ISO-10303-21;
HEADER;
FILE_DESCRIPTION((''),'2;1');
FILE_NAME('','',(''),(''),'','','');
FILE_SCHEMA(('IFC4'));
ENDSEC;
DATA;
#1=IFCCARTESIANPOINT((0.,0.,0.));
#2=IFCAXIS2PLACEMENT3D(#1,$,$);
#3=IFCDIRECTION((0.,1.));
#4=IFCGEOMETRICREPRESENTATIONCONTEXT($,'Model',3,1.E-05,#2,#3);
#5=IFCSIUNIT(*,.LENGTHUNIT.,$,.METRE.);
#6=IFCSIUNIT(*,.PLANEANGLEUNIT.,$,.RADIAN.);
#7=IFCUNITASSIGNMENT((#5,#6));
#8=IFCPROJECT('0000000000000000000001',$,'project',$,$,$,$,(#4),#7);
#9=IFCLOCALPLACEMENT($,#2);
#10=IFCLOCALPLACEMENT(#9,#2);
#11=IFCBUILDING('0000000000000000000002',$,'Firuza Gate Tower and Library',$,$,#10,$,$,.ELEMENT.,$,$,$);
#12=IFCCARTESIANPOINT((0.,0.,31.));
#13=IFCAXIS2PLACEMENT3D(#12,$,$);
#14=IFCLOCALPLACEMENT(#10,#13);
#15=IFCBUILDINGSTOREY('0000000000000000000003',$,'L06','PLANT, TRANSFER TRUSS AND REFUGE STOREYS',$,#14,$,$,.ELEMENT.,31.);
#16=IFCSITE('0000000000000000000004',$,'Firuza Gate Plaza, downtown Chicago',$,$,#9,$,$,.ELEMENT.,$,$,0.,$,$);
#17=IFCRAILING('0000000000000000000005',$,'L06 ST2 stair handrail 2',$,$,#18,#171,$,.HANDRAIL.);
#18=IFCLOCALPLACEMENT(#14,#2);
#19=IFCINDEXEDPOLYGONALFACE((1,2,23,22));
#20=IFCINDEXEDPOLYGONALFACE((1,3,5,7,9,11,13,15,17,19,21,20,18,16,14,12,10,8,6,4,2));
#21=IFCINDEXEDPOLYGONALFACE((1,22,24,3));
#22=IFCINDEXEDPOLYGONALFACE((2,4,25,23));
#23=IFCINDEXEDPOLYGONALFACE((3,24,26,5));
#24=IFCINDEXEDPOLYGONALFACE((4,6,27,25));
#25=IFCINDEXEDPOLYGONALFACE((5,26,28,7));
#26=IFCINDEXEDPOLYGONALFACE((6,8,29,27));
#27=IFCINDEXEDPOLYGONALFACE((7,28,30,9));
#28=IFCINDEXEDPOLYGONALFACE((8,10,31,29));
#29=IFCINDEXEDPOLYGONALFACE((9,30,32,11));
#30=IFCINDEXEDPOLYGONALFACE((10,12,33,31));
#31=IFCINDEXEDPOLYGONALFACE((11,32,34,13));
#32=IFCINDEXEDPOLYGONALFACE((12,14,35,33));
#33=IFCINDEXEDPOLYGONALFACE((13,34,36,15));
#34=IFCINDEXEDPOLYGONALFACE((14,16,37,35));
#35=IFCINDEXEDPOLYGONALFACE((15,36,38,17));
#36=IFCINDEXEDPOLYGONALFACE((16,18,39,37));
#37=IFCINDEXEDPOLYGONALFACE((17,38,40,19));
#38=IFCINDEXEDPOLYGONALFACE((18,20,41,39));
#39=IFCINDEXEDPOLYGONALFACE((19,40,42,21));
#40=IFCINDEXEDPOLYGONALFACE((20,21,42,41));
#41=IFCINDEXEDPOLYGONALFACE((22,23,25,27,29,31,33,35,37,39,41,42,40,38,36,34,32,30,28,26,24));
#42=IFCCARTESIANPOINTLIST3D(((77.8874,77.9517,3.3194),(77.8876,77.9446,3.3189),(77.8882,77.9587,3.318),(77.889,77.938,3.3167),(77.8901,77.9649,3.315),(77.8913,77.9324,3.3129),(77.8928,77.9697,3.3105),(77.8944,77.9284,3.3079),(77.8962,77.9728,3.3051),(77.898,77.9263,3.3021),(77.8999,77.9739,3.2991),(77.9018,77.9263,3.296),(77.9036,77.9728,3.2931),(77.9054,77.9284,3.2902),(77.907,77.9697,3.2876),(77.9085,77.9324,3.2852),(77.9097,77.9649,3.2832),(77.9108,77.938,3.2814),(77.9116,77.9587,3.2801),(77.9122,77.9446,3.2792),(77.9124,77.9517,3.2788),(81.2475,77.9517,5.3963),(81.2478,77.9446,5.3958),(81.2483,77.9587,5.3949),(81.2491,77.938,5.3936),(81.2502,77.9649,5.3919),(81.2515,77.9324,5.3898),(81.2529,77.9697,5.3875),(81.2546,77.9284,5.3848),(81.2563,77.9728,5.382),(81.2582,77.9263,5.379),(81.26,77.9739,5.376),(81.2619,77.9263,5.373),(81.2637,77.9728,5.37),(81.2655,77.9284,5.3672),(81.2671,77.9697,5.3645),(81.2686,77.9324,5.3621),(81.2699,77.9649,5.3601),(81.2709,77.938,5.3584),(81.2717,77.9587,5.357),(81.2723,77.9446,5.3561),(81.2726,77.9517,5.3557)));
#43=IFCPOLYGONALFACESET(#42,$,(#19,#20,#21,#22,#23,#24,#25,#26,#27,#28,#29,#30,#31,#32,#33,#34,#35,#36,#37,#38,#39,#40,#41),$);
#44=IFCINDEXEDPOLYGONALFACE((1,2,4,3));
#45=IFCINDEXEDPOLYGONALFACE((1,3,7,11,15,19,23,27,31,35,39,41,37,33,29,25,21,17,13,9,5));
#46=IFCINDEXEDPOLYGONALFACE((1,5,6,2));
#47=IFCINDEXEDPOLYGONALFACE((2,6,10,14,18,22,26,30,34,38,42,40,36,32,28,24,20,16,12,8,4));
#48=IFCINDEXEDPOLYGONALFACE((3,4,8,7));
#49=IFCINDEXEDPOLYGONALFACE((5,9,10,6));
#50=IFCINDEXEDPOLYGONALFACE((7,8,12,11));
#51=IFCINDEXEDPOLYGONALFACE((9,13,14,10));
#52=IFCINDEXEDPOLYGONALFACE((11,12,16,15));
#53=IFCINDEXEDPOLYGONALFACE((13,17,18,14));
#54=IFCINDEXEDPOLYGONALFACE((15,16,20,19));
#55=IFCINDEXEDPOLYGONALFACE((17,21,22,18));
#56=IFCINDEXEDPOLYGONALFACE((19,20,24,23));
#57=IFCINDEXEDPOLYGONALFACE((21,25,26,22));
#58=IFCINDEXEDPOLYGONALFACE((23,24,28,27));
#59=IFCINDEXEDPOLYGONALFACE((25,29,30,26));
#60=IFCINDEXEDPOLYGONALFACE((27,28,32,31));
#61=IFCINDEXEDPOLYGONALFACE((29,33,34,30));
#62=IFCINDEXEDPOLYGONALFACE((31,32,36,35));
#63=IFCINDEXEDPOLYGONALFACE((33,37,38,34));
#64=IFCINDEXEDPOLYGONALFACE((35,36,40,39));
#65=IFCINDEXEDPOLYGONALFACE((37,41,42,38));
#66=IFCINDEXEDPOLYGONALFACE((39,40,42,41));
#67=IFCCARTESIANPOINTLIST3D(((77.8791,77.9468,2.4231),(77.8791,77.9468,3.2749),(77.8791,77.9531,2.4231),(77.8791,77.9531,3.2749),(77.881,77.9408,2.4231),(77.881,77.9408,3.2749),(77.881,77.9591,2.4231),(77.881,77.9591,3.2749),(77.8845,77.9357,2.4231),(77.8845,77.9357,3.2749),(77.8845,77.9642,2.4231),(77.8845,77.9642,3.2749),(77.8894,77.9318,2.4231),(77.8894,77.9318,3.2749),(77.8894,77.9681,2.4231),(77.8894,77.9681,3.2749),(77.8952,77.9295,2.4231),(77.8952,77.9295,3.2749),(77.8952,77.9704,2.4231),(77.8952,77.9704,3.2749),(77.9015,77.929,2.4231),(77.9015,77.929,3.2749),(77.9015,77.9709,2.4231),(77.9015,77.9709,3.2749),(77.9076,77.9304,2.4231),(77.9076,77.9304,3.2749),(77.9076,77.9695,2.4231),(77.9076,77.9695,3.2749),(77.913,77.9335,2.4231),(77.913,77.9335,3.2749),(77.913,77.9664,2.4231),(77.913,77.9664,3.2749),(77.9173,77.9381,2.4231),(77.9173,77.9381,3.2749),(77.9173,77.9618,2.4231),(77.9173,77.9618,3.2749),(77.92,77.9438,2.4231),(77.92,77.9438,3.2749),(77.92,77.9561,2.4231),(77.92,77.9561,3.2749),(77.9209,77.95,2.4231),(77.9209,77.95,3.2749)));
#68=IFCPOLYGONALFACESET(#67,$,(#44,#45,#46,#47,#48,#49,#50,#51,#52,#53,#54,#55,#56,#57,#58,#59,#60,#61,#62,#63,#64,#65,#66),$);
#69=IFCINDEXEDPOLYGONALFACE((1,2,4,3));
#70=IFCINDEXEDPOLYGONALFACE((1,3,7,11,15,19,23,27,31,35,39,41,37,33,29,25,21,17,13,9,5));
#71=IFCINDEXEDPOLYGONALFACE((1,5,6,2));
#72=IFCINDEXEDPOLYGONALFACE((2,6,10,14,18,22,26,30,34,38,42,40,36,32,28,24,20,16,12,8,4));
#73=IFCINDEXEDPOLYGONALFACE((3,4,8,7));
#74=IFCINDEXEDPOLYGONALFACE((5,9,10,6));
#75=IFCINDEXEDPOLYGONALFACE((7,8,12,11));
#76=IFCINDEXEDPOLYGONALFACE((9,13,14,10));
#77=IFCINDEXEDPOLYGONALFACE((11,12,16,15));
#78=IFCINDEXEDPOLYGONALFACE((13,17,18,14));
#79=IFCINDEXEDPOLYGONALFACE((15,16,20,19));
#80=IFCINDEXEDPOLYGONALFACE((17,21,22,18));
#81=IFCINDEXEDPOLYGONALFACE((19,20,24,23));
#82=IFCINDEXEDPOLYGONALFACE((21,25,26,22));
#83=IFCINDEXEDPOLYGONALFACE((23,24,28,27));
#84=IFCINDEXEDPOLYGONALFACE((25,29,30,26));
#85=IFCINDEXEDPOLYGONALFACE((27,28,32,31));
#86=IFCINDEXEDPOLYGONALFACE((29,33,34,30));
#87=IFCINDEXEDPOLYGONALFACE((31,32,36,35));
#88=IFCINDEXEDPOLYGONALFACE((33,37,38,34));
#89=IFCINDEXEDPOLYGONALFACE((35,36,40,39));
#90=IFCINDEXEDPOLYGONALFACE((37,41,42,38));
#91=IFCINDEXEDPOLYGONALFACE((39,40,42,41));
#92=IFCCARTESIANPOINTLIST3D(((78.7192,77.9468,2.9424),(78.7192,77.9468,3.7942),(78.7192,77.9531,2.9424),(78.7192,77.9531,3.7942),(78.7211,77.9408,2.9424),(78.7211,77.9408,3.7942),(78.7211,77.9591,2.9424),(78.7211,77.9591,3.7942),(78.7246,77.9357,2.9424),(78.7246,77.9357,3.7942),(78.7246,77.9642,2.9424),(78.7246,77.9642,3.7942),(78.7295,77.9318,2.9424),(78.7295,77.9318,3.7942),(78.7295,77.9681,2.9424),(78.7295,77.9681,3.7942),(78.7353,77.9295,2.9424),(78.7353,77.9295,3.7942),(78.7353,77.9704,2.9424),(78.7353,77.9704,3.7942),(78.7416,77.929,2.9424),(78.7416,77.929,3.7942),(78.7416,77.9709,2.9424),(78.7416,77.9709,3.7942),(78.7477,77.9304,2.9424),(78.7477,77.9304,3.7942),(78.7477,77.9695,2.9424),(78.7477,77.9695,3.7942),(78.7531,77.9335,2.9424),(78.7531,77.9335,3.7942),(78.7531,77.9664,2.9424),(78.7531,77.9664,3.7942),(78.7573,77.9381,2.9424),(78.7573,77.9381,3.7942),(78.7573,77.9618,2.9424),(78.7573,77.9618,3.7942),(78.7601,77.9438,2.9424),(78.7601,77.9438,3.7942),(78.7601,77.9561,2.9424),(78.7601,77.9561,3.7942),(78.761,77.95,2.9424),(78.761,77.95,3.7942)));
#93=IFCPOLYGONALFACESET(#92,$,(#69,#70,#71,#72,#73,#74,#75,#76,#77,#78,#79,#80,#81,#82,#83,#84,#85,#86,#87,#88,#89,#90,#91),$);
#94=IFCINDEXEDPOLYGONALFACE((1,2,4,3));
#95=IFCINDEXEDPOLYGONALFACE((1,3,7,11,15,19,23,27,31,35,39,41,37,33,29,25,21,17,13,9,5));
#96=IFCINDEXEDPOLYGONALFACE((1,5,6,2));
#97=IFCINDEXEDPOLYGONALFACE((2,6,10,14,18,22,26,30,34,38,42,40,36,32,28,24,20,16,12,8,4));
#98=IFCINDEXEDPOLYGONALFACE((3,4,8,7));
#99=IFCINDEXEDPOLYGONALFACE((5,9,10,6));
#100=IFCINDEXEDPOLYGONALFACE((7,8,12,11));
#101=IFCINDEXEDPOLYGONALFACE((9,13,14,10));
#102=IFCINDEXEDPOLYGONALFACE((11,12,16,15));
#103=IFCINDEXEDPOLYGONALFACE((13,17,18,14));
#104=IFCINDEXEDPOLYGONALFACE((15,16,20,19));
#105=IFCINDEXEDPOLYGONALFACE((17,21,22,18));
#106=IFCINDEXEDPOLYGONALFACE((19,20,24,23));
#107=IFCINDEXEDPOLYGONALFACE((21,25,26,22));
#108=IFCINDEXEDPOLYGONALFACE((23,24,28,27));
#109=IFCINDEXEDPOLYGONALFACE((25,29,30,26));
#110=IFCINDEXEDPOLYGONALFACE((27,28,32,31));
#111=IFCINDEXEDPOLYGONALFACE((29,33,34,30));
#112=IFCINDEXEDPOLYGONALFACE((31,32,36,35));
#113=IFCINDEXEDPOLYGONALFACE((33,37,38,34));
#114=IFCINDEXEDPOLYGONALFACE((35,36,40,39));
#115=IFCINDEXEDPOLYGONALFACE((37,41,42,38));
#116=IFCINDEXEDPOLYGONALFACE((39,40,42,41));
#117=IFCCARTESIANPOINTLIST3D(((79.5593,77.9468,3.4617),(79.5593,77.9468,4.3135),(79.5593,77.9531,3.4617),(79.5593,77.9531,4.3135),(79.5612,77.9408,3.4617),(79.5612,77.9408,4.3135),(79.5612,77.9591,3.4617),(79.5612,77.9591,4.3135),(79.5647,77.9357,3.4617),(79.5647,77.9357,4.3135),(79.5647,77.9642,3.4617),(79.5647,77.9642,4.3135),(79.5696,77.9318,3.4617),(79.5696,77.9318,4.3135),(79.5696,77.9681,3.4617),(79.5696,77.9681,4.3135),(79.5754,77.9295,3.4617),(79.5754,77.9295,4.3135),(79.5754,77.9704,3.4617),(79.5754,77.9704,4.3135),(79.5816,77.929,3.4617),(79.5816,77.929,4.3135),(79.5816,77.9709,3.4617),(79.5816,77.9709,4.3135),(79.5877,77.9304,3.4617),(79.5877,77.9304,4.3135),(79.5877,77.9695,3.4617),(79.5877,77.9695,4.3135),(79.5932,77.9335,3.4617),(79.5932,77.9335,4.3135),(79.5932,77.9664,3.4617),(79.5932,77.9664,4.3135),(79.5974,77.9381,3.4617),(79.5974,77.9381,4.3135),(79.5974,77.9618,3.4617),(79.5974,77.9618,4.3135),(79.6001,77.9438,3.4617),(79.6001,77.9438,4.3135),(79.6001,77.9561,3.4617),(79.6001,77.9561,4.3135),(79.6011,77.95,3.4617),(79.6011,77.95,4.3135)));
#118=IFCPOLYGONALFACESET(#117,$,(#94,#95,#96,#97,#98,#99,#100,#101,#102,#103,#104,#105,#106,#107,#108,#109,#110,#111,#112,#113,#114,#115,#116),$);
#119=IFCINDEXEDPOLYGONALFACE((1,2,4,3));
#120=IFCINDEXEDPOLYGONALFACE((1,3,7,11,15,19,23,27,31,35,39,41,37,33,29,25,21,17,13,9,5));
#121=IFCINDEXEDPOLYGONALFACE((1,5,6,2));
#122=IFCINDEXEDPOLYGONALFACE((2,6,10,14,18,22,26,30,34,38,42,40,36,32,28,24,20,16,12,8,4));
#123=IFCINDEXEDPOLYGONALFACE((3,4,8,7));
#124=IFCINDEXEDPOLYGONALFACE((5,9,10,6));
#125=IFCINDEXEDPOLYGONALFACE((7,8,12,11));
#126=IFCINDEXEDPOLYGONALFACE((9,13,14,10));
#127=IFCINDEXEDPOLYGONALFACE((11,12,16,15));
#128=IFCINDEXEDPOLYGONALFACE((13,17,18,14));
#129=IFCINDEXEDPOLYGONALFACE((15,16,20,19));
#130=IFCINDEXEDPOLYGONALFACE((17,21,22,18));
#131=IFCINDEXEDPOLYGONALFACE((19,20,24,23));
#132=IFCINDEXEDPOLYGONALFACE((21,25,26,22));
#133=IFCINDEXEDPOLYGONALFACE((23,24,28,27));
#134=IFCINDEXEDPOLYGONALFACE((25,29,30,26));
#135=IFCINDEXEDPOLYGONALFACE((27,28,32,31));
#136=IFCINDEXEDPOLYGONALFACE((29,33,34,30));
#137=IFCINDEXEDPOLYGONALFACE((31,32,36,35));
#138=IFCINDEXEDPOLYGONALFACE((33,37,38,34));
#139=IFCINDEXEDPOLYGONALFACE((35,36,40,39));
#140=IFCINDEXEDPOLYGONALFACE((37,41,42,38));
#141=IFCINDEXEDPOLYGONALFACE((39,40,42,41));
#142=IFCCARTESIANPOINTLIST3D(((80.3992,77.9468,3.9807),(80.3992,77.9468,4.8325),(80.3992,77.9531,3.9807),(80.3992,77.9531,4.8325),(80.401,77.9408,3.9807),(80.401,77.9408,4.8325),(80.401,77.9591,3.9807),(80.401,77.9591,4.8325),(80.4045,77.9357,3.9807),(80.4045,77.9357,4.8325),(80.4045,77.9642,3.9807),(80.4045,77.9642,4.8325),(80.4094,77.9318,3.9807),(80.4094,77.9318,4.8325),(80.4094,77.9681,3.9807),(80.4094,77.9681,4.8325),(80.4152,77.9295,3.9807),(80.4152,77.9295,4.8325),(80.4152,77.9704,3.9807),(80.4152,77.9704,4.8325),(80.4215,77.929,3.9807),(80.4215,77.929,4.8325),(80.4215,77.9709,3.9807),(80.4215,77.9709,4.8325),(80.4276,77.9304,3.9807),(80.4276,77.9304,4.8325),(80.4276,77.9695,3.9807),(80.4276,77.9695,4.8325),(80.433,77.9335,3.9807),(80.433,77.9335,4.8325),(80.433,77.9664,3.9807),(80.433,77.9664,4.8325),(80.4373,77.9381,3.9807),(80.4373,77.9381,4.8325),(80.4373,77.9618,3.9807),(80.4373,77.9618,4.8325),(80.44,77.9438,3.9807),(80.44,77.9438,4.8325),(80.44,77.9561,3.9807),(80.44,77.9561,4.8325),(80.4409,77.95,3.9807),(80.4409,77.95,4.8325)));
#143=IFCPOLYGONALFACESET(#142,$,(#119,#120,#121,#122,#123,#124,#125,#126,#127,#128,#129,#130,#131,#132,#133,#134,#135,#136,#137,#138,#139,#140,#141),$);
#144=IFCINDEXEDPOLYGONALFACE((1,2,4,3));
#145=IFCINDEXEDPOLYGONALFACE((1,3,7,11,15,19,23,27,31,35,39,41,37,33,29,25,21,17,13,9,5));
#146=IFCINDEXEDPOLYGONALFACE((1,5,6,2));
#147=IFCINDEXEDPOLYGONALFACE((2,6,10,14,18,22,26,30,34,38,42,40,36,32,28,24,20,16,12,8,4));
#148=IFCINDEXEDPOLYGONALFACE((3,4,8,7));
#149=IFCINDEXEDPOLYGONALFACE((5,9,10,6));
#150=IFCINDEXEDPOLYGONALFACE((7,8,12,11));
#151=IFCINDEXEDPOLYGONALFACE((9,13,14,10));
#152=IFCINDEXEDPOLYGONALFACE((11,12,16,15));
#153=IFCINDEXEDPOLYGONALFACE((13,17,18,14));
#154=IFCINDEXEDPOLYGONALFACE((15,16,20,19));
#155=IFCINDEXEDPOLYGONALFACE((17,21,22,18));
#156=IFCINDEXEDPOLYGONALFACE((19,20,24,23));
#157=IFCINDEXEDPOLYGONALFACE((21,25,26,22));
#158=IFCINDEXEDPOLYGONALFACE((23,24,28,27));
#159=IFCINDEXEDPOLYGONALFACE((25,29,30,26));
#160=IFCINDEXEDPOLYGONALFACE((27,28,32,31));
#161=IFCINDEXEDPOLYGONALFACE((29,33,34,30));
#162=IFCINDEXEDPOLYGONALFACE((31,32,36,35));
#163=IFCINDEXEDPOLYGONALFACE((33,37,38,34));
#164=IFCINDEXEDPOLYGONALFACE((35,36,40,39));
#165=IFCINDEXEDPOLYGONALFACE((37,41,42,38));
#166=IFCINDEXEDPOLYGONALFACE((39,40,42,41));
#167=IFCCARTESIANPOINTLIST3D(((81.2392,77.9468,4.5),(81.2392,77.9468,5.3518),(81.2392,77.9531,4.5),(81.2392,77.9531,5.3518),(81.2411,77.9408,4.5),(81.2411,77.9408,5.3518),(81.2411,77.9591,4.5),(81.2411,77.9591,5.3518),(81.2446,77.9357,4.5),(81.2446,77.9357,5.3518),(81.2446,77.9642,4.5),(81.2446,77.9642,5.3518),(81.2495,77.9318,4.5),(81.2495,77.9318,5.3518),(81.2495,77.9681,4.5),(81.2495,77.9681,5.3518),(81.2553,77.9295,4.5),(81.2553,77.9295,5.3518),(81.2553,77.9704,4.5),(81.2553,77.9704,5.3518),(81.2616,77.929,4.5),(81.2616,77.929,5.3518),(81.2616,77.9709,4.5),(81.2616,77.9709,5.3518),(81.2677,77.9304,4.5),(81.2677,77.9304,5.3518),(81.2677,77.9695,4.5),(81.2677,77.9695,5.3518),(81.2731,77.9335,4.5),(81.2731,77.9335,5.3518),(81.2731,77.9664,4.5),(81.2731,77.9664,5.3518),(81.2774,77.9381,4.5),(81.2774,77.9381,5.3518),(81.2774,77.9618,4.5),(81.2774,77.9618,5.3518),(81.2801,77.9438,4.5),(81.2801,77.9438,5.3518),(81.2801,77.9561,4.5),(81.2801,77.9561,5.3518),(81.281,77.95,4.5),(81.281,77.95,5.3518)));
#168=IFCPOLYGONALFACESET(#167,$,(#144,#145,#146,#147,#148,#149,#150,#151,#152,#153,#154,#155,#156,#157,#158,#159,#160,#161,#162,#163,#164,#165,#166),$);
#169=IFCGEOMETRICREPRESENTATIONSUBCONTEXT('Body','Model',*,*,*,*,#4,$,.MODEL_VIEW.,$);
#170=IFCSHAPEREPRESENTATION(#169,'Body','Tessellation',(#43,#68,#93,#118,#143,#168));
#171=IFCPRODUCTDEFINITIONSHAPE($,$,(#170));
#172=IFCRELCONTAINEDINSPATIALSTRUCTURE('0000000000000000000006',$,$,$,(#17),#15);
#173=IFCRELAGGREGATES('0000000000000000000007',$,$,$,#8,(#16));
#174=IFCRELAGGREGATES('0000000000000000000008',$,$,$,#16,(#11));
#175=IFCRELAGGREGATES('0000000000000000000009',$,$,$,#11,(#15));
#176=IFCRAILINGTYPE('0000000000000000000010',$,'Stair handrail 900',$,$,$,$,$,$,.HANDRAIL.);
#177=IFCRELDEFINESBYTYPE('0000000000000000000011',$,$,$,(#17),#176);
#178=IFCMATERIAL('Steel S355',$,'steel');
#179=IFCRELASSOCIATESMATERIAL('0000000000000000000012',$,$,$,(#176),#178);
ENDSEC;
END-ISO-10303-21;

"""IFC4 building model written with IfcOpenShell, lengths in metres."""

from ifc_helpers import new_model, si_unit, direction, frame, origin, origin_2d, place, context, subcontext, project, spatial, circle, extrude, material, type_object, element, save


model = new_model("IFC4")

# Units and contexts
model_context = context("Model", 3, precision=1e-05, world=origin(), true_north=direction((0.0, 1.0)))
body_context = subcontext(model_context, "Body", "Model", "MODEL_VIEW")
ifc_project = project(units=[si_unit("LENGTHUNIT", "METRE"), si_unit("PLANEANGLEUNIT", "RADIAN")], contexts=[model_context])

# Site, building, storey
site_placement = place(None, origin())
site = spatial("IfcSite", under=ifc_project, at=site_placement, Name="Firuza Gate Plaza, downtown Chicago", CompositionType="ELEMENT", RefElevation=0.0)
building_placement = place(site_placement, origin())
building = spatial("IfcBuilding", under=site, at=building_placement, Name="Firuza Gate Tower and Library", CompositionType="ELEMENT")
storey_placement = place(building_placement, frame((0.0, 0.0, 31.0)))
storey = spatial("IfcBuildingStorey", under=building, at=storey_placement, Name="L06", Description="PLANT, TRANSFER TRUSS AND REFUGE STOREYS", CompositionType="ELEMENT", Elevation=31.0)

# Railing
ifc_material_1 = material(Name="Steel S355", Category="steel")
railing_type = type_object("IfcRailingType", Name="Stair handrail 900", PredefinedType="HANDRAIL", material=ifc_material_1)
railing_1_placement = place(storey_placement, frame((77.8999, 77.95, 2.4231)))
element("IfcRailing", 1, at=railing_1_placement, inside=storey, type_object=railing_type, Name="L06 ST2 stair handrail 2", PredefinedType="HANDRAIL", context=body_context, shape_type="SweptSolid", body=[
    extrude(circle(Radius=0.0239, at=origin_2d()), frame((0.0, 0.0, 0.876), z_axis=(0.850623, 0.0, 0.525776), x_axis=(0.0, 1.0, 0.0)), (0.0, 0.0, 1.0), 3.9502),
    extrude(circle(Radius=0.021, at=origin_2d()), origin(), (0.0, 0.0, 1.0), 0.8518),
    extrude(circle(Radius=0.021, at=origin_2d()), frame((0.8401, 0.0, 0.5193)), (0.0, 0.0, 1.0), 0.8518),
    extrude(circle(Radius=0.021, at=origin_2d()), frame((1.6802, 0.0, 1.0386)), (0.0, 0.0, 1.0), 0.8518),
    extrude(circle(Radius=0.021, at=origin_2d()), frame((2.52, 0.0, 1.5576)), (0.0, 0.0, 1.0), 0.8518),
    extrude(circle(Radius=0.021, at=origin_2d()), frame((3.3601, 0.0, 2.0769)), (0.0, 0.0, 1.0), 0.8518),
])

save(model, "model.ifc")
